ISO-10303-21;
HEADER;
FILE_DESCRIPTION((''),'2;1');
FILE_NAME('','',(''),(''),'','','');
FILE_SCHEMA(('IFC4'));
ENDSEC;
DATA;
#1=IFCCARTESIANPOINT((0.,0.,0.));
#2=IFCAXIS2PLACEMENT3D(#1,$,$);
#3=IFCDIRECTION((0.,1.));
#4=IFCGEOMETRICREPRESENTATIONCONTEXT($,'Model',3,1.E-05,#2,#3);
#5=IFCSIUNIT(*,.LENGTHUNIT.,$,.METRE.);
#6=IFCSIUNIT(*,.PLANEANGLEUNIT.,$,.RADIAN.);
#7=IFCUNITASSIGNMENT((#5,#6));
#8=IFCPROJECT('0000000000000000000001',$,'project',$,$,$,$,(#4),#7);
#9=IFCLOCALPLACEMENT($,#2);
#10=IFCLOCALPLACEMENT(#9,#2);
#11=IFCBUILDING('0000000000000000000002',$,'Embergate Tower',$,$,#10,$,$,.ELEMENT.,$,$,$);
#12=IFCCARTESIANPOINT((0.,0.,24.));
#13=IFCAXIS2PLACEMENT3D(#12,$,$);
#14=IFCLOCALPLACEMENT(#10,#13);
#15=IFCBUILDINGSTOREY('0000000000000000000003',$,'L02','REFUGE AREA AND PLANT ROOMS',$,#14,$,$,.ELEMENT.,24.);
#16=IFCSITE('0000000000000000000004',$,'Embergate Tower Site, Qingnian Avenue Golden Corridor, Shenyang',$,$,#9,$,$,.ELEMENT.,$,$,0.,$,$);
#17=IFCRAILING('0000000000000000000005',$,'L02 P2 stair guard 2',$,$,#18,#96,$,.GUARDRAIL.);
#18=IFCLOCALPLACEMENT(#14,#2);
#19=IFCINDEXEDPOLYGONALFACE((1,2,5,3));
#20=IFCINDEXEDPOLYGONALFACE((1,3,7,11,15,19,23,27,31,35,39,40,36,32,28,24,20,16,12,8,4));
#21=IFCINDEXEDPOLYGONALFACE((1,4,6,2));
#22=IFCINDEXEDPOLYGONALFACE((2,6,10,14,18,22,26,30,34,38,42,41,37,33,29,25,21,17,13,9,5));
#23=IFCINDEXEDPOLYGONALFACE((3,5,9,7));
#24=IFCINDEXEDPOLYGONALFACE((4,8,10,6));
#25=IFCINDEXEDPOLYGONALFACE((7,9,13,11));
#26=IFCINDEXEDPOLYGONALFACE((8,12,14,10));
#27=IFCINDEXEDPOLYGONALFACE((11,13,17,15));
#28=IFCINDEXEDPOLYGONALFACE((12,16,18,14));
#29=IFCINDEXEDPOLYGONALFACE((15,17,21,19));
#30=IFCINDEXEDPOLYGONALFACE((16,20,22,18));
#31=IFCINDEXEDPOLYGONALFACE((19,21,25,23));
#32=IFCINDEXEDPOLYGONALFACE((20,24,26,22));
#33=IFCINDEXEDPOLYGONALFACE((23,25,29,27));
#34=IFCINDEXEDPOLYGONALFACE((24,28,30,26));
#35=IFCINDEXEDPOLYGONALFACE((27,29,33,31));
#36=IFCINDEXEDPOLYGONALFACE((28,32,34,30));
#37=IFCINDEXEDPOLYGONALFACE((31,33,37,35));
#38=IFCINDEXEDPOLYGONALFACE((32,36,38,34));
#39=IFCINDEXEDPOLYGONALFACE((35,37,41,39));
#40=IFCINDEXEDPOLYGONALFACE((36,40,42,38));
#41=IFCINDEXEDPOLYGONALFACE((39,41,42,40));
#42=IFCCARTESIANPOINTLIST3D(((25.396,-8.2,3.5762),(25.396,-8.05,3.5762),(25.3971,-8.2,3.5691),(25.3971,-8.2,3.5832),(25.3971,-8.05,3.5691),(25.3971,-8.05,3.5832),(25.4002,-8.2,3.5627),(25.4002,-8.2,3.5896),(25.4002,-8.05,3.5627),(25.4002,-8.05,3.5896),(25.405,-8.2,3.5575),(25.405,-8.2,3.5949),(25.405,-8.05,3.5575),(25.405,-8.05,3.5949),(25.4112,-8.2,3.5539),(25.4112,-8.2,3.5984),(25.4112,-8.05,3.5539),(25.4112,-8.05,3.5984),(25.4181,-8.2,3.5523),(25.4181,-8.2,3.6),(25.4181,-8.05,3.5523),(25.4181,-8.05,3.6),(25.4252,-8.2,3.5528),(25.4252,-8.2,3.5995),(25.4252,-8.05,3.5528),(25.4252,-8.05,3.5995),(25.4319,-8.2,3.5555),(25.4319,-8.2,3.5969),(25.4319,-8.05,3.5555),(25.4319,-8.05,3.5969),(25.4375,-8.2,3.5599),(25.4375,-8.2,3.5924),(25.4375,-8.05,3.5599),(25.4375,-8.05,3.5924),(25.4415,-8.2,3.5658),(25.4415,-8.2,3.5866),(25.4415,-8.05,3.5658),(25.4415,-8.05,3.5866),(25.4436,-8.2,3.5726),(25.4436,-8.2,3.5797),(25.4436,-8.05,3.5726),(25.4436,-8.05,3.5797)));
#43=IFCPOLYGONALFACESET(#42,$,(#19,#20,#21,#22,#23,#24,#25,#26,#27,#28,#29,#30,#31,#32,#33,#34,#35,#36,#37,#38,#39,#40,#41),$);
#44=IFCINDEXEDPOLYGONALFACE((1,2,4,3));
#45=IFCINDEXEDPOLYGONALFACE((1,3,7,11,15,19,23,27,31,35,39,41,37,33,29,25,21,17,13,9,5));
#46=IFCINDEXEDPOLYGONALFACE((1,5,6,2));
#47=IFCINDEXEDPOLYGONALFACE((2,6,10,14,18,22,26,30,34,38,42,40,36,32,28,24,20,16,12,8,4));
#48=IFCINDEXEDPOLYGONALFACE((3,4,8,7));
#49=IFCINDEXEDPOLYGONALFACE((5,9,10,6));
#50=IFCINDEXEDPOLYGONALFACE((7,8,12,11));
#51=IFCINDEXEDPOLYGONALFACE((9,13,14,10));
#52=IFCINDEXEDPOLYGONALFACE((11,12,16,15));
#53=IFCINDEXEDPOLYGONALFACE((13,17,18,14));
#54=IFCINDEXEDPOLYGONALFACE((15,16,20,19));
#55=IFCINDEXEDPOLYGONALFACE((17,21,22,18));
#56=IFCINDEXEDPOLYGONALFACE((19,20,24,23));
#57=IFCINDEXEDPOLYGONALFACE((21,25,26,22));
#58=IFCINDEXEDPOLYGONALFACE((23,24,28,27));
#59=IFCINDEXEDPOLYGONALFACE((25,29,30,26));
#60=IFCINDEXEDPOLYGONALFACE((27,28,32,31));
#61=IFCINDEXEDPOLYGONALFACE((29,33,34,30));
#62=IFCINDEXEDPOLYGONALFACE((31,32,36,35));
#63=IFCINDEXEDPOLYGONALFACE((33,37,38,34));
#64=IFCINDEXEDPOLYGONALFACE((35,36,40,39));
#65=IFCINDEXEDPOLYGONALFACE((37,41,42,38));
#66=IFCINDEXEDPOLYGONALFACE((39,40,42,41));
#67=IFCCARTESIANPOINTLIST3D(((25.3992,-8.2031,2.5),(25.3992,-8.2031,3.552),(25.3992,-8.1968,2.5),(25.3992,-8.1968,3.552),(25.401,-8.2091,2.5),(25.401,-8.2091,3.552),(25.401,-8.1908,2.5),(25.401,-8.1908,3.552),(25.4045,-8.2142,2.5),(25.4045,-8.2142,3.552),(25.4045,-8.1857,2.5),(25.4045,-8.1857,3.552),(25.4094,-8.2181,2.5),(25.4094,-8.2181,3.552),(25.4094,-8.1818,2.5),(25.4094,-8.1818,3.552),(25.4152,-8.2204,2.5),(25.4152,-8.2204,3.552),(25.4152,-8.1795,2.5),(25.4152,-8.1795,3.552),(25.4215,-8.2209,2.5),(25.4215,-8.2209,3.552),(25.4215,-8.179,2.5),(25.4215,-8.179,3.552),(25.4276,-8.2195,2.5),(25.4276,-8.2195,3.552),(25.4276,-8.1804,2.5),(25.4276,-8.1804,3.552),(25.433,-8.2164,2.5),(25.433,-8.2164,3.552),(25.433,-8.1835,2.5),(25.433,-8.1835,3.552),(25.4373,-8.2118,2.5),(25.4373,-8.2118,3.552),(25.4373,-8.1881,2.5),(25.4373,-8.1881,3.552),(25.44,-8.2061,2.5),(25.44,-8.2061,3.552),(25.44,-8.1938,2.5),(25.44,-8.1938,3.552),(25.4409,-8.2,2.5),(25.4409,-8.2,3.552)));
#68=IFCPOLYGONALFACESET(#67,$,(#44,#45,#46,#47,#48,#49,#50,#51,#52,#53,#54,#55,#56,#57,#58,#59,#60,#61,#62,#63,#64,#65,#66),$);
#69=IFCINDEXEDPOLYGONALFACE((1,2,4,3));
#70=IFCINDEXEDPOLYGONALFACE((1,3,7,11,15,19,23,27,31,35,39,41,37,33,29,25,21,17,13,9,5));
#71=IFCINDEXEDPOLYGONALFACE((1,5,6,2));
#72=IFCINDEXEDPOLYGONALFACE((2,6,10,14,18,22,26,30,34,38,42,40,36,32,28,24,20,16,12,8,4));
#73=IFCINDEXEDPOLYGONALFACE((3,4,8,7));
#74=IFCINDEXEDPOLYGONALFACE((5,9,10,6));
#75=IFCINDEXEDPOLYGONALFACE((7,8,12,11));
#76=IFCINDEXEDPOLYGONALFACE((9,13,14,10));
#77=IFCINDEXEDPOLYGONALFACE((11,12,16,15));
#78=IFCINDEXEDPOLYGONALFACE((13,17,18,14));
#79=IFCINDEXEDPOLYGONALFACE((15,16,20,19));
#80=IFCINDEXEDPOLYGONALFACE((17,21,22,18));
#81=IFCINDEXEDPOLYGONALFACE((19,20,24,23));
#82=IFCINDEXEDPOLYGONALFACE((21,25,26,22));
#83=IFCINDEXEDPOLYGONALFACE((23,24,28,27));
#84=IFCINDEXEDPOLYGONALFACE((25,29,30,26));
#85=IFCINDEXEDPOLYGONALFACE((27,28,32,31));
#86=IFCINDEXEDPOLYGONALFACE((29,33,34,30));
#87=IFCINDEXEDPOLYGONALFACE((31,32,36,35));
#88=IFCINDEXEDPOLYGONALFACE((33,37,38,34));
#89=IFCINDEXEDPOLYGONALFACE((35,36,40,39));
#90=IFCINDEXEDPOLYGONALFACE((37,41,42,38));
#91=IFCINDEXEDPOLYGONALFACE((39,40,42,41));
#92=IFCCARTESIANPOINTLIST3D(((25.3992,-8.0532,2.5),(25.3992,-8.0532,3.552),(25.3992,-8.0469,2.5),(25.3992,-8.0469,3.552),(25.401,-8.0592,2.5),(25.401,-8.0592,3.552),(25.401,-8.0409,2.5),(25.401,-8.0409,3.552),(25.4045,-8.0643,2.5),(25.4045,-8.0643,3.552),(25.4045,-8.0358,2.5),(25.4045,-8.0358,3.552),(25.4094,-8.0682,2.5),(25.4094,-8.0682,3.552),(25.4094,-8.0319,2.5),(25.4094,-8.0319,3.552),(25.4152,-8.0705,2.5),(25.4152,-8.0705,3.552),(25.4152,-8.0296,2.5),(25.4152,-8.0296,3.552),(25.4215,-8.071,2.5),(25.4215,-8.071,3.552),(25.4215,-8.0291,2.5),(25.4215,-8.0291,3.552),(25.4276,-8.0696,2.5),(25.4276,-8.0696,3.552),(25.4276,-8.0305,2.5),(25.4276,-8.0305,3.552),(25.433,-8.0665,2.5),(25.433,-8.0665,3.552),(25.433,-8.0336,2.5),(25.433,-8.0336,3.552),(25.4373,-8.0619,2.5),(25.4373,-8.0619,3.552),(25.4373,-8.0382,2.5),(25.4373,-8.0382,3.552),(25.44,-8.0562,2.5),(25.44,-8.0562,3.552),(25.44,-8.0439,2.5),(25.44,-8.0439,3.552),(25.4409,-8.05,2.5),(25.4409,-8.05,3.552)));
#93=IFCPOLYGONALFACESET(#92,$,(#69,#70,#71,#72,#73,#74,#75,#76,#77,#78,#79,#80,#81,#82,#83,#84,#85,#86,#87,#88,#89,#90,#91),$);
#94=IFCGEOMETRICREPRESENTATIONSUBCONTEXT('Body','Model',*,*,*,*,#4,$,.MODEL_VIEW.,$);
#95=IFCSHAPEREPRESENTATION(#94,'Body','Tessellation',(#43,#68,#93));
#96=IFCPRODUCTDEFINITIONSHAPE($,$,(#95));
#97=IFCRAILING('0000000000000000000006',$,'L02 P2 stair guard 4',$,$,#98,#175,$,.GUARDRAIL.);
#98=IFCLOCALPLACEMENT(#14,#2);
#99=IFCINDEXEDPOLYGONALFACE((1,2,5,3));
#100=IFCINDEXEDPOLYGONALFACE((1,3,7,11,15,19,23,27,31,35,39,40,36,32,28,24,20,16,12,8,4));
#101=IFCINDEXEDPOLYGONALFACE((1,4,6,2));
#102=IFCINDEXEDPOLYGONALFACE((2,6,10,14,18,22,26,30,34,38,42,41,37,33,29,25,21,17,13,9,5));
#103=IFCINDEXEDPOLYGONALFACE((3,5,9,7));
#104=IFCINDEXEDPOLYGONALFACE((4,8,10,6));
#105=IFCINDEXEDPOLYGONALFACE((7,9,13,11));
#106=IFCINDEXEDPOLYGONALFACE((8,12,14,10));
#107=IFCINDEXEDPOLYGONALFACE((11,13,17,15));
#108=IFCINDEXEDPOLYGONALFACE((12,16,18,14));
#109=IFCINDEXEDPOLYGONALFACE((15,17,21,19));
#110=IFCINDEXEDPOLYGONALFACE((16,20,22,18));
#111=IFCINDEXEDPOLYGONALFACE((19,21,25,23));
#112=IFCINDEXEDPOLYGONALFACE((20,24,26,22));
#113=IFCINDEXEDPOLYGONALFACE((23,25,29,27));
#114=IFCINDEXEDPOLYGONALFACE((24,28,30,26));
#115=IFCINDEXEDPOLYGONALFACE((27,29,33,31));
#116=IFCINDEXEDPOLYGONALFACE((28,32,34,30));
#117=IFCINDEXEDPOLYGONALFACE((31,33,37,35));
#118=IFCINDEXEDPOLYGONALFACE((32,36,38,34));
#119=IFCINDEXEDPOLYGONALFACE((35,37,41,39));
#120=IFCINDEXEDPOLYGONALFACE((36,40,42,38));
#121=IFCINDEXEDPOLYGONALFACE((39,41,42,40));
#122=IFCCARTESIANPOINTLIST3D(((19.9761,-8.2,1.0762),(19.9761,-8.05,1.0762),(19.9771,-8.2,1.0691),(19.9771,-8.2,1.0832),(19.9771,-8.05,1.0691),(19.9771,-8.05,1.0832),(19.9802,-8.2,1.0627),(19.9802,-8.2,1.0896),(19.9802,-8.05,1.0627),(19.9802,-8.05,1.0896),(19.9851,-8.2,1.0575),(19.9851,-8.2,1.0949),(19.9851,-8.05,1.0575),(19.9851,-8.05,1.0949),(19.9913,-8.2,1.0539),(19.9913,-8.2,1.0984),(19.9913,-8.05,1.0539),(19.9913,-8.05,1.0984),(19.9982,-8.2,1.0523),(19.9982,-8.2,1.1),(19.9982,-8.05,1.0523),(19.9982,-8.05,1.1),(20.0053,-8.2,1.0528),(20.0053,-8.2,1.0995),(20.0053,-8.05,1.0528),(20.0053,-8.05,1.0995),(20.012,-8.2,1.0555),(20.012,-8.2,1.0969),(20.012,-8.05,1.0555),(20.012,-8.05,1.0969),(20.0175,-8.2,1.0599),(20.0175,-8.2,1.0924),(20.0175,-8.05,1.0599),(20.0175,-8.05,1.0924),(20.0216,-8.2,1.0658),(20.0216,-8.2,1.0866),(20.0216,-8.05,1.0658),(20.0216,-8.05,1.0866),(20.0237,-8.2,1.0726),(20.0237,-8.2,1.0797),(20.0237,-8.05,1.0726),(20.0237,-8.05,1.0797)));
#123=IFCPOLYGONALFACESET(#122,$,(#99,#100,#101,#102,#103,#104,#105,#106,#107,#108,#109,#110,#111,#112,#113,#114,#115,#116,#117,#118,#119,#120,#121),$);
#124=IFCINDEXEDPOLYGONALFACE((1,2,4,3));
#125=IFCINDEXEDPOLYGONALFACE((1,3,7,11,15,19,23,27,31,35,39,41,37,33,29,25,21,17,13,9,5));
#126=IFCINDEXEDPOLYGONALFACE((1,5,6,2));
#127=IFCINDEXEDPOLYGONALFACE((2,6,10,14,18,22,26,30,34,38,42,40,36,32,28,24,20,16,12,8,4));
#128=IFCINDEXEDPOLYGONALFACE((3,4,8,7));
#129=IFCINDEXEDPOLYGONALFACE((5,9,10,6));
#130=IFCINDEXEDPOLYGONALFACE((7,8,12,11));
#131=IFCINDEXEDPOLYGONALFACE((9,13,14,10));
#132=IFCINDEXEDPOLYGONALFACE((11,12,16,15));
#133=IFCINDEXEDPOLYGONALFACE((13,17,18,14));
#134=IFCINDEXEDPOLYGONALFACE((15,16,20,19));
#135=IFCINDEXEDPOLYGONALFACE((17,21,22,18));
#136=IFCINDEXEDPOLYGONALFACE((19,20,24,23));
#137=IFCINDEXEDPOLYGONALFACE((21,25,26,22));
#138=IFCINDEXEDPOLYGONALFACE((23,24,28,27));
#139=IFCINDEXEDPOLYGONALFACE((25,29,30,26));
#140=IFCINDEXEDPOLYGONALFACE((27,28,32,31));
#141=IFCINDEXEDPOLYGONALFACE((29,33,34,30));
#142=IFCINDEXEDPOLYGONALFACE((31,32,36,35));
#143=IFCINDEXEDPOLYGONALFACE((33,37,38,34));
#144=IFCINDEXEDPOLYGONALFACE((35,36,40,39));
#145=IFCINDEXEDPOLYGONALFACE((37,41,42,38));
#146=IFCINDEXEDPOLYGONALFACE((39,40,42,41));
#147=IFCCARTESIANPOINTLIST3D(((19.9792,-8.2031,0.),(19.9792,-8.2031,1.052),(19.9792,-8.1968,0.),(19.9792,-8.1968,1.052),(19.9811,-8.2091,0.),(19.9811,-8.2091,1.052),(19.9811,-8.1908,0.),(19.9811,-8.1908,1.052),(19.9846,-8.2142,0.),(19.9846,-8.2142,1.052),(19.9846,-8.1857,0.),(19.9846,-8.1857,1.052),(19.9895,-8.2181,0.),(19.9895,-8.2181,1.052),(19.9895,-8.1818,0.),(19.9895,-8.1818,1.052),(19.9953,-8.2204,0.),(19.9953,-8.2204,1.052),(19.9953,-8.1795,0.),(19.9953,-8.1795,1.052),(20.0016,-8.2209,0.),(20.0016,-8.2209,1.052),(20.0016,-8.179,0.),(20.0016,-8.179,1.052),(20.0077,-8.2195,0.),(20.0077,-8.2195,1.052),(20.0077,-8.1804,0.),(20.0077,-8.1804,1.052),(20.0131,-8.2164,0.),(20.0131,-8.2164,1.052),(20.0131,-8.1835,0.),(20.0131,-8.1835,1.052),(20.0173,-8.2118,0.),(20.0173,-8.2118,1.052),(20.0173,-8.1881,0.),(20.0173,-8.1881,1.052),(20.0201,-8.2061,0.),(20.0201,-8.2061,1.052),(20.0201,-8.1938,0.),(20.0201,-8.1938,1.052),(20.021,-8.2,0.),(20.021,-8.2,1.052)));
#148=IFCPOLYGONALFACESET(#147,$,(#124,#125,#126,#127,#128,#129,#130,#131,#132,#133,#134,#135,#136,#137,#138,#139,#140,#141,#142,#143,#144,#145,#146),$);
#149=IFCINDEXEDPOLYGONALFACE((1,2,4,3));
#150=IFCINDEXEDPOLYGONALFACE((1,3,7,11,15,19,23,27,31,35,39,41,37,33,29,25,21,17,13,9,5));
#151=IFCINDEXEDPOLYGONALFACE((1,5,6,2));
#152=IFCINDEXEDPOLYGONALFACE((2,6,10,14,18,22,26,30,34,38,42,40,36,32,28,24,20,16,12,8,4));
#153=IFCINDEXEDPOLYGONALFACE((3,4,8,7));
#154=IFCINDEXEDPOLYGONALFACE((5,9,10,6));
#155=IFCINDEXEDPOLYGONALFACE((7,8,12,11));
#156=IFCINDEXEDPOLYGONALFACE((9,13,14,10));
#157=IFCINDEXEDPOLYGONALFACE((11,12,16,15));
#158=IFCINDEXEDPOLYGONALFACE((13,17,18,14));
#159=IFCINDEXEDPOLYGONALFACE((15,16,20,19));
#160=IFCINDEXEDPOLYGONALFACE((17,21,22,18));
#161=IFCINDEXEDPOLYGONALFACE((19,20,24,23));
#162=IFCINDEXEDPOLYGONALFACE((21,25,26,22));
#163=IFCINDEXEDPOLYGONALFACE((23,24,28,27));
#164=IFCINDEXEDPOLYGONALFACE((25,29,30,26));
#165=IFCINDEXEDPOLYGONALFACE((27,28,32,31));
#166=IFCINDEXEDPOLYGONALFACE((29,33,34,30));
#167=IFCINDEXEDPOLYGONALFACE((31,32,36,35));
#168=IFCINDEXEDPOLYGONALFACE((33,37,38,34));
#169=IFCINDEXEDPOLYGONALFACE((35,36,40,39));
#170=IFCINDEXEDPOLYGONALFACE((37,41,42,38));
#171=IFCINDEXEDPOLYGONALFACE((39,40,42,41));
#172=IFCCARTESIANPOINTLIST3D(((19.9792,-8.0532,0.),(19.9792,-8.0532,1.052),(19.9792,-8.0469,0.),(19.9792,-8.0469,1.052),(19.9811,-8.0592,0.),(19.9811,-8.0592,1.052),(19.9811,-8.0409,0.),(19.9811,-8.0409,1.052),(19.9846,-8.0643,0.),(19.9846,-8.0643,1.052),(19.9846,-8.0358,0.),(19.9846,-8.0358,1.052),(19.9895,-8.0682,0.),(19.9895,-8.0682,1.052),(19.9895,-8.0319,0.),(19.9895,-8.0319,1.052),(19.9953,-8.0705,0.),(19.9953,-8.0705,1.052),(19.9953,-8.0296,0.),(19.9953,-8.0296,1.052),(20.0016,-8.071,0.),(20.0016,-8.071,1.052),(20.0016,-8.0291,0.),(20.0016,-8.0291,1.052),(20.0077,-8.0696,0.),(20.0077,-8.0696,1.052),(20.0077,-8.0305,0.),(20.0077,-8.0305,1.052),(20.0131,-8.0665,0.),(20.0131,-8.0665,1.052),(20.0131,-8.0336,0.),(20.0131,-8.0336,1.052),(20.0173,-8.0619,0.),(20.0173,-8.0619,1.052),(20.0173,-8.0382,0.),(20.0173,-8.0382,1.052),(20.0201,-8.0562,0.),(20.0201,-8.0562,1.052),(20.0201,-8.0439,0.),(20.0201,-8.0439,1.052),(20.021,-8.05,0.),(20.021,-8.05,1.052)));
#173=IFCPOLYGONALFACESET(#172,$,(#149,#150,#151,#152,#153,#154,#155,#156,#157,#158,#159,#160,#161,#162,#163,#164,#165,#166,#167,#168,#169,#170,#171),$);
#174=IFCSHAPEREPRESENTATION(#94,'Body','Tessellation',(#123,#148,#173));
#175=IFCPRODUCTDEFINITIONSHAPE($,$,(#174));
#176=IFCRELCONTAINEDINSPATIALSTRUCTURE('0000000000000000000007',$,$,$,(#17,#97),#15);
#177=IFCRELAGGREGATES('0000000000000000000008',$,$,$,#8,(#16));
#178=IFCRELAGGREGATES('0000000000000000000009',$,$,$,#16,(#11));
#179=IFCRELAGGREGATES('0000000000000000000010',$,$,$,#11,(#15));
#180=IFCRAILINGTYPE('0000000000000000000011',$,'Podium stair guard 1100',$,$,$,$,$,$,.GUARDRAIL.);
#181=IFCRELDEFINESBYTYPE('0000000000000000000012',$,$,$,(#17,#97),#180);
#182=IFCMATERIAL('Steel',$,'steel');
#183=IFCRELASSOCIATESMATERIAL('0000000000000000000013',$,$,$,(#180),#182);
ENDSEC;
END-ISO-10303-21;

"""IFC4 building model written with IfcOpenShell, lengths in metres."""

from ifc_helpers import new_model, si_unit, direction, frame, origin, origin_2d, place, context, subcontext, project, spatial, circle, extrude, source, transform, mapped, material, type_object, element, save


model = new_model("IFC4")

# Units and contexts
model_context = context("Model", 3, precision=1e-05, world=origin(), true_north=direction((0.0, 1.0)))
body_context = subcontext(model_context, "Body", "Model", "MODEL_VIEW")
ifc_project = project(units=[si_unit("LENGTHUNIT", "METRE"), si_unit("PLANEANGLEUNIT", "RADIAN")], contexts=[model_context])

# Site, building, storey
site_placement = place(None, origin())
site = spatial("IfcSite", under=ifc_project, at=site_placement, Name="Embergate Tower Site, Qingnian Avenue Golden Corridor, Shenyang", CompositionType="ELEMENT", RefElevation=0.0)
building_placement = place(site_placement, origin())
building = spatial("IfcBuilding", under=site, at=building_placement, Name="Embergate Tower", CompositionType="ELEMENT")
storey_placement = place(building_placement, frame((0.0, 0.0, 24.0)))
storey = spatial("IfcBuildingStorey", under=building, at=storey_placement, Name="L02", Description="REFUGE AREA AND PLANT ROOMS", CompositionType="ELEMENT", Elevation=24.0)

# Railings
ifc_material_1 = material(Name="Steel", Category="steel")
railing_type_1 = type_object("IfcRailingType", Name="Podium stair guard 1100", PredefinedType="GUARDRAIL", material=ifc_material_1)
shared_shape_1 = source(origin(), body_context, "Body", "SweptSolid", [
    extrude(circle(Radius=0.0239, at=origin_2d()), frame((0.0, 0.0, 1.0762), z_axis=(0.0, 1.0, 0.0), x_axis=(-1.0, 0.0, 0.0)), (0.0, 0.0, 1.0), 0.1499),
    extrude(circle(Radius=0.021, at=origin_2d()), origin(), (0.0, 0.0, 1.0), 1.052),
    extrude(circle(Radius=0.021, at=origin_2d()), frame((0.0, 0.1499, 0.0)), (0.0, 0.0, 1.0), 1.052),
])
for number, where, name in (
    (1, (25.4199, -8.2, 2.5), "L02 P2 stair guard 2"),
    (2, (20.0, -8.2, 0.0), "L02 P2 stair guard 4"),
):
    element("IfcRailing", number, at=place(storey_placement, frame(where)), inside=storey, type_object=railing_type_1, Name=name, PredefinedType="GUARDRAIL", context=body_context, shape_type="MappedRepresentation", body=[
        mapped(shared_shape_1, transform((0.0, 0.0, 0.0))),
    ])

save(model, "model.ifc")
